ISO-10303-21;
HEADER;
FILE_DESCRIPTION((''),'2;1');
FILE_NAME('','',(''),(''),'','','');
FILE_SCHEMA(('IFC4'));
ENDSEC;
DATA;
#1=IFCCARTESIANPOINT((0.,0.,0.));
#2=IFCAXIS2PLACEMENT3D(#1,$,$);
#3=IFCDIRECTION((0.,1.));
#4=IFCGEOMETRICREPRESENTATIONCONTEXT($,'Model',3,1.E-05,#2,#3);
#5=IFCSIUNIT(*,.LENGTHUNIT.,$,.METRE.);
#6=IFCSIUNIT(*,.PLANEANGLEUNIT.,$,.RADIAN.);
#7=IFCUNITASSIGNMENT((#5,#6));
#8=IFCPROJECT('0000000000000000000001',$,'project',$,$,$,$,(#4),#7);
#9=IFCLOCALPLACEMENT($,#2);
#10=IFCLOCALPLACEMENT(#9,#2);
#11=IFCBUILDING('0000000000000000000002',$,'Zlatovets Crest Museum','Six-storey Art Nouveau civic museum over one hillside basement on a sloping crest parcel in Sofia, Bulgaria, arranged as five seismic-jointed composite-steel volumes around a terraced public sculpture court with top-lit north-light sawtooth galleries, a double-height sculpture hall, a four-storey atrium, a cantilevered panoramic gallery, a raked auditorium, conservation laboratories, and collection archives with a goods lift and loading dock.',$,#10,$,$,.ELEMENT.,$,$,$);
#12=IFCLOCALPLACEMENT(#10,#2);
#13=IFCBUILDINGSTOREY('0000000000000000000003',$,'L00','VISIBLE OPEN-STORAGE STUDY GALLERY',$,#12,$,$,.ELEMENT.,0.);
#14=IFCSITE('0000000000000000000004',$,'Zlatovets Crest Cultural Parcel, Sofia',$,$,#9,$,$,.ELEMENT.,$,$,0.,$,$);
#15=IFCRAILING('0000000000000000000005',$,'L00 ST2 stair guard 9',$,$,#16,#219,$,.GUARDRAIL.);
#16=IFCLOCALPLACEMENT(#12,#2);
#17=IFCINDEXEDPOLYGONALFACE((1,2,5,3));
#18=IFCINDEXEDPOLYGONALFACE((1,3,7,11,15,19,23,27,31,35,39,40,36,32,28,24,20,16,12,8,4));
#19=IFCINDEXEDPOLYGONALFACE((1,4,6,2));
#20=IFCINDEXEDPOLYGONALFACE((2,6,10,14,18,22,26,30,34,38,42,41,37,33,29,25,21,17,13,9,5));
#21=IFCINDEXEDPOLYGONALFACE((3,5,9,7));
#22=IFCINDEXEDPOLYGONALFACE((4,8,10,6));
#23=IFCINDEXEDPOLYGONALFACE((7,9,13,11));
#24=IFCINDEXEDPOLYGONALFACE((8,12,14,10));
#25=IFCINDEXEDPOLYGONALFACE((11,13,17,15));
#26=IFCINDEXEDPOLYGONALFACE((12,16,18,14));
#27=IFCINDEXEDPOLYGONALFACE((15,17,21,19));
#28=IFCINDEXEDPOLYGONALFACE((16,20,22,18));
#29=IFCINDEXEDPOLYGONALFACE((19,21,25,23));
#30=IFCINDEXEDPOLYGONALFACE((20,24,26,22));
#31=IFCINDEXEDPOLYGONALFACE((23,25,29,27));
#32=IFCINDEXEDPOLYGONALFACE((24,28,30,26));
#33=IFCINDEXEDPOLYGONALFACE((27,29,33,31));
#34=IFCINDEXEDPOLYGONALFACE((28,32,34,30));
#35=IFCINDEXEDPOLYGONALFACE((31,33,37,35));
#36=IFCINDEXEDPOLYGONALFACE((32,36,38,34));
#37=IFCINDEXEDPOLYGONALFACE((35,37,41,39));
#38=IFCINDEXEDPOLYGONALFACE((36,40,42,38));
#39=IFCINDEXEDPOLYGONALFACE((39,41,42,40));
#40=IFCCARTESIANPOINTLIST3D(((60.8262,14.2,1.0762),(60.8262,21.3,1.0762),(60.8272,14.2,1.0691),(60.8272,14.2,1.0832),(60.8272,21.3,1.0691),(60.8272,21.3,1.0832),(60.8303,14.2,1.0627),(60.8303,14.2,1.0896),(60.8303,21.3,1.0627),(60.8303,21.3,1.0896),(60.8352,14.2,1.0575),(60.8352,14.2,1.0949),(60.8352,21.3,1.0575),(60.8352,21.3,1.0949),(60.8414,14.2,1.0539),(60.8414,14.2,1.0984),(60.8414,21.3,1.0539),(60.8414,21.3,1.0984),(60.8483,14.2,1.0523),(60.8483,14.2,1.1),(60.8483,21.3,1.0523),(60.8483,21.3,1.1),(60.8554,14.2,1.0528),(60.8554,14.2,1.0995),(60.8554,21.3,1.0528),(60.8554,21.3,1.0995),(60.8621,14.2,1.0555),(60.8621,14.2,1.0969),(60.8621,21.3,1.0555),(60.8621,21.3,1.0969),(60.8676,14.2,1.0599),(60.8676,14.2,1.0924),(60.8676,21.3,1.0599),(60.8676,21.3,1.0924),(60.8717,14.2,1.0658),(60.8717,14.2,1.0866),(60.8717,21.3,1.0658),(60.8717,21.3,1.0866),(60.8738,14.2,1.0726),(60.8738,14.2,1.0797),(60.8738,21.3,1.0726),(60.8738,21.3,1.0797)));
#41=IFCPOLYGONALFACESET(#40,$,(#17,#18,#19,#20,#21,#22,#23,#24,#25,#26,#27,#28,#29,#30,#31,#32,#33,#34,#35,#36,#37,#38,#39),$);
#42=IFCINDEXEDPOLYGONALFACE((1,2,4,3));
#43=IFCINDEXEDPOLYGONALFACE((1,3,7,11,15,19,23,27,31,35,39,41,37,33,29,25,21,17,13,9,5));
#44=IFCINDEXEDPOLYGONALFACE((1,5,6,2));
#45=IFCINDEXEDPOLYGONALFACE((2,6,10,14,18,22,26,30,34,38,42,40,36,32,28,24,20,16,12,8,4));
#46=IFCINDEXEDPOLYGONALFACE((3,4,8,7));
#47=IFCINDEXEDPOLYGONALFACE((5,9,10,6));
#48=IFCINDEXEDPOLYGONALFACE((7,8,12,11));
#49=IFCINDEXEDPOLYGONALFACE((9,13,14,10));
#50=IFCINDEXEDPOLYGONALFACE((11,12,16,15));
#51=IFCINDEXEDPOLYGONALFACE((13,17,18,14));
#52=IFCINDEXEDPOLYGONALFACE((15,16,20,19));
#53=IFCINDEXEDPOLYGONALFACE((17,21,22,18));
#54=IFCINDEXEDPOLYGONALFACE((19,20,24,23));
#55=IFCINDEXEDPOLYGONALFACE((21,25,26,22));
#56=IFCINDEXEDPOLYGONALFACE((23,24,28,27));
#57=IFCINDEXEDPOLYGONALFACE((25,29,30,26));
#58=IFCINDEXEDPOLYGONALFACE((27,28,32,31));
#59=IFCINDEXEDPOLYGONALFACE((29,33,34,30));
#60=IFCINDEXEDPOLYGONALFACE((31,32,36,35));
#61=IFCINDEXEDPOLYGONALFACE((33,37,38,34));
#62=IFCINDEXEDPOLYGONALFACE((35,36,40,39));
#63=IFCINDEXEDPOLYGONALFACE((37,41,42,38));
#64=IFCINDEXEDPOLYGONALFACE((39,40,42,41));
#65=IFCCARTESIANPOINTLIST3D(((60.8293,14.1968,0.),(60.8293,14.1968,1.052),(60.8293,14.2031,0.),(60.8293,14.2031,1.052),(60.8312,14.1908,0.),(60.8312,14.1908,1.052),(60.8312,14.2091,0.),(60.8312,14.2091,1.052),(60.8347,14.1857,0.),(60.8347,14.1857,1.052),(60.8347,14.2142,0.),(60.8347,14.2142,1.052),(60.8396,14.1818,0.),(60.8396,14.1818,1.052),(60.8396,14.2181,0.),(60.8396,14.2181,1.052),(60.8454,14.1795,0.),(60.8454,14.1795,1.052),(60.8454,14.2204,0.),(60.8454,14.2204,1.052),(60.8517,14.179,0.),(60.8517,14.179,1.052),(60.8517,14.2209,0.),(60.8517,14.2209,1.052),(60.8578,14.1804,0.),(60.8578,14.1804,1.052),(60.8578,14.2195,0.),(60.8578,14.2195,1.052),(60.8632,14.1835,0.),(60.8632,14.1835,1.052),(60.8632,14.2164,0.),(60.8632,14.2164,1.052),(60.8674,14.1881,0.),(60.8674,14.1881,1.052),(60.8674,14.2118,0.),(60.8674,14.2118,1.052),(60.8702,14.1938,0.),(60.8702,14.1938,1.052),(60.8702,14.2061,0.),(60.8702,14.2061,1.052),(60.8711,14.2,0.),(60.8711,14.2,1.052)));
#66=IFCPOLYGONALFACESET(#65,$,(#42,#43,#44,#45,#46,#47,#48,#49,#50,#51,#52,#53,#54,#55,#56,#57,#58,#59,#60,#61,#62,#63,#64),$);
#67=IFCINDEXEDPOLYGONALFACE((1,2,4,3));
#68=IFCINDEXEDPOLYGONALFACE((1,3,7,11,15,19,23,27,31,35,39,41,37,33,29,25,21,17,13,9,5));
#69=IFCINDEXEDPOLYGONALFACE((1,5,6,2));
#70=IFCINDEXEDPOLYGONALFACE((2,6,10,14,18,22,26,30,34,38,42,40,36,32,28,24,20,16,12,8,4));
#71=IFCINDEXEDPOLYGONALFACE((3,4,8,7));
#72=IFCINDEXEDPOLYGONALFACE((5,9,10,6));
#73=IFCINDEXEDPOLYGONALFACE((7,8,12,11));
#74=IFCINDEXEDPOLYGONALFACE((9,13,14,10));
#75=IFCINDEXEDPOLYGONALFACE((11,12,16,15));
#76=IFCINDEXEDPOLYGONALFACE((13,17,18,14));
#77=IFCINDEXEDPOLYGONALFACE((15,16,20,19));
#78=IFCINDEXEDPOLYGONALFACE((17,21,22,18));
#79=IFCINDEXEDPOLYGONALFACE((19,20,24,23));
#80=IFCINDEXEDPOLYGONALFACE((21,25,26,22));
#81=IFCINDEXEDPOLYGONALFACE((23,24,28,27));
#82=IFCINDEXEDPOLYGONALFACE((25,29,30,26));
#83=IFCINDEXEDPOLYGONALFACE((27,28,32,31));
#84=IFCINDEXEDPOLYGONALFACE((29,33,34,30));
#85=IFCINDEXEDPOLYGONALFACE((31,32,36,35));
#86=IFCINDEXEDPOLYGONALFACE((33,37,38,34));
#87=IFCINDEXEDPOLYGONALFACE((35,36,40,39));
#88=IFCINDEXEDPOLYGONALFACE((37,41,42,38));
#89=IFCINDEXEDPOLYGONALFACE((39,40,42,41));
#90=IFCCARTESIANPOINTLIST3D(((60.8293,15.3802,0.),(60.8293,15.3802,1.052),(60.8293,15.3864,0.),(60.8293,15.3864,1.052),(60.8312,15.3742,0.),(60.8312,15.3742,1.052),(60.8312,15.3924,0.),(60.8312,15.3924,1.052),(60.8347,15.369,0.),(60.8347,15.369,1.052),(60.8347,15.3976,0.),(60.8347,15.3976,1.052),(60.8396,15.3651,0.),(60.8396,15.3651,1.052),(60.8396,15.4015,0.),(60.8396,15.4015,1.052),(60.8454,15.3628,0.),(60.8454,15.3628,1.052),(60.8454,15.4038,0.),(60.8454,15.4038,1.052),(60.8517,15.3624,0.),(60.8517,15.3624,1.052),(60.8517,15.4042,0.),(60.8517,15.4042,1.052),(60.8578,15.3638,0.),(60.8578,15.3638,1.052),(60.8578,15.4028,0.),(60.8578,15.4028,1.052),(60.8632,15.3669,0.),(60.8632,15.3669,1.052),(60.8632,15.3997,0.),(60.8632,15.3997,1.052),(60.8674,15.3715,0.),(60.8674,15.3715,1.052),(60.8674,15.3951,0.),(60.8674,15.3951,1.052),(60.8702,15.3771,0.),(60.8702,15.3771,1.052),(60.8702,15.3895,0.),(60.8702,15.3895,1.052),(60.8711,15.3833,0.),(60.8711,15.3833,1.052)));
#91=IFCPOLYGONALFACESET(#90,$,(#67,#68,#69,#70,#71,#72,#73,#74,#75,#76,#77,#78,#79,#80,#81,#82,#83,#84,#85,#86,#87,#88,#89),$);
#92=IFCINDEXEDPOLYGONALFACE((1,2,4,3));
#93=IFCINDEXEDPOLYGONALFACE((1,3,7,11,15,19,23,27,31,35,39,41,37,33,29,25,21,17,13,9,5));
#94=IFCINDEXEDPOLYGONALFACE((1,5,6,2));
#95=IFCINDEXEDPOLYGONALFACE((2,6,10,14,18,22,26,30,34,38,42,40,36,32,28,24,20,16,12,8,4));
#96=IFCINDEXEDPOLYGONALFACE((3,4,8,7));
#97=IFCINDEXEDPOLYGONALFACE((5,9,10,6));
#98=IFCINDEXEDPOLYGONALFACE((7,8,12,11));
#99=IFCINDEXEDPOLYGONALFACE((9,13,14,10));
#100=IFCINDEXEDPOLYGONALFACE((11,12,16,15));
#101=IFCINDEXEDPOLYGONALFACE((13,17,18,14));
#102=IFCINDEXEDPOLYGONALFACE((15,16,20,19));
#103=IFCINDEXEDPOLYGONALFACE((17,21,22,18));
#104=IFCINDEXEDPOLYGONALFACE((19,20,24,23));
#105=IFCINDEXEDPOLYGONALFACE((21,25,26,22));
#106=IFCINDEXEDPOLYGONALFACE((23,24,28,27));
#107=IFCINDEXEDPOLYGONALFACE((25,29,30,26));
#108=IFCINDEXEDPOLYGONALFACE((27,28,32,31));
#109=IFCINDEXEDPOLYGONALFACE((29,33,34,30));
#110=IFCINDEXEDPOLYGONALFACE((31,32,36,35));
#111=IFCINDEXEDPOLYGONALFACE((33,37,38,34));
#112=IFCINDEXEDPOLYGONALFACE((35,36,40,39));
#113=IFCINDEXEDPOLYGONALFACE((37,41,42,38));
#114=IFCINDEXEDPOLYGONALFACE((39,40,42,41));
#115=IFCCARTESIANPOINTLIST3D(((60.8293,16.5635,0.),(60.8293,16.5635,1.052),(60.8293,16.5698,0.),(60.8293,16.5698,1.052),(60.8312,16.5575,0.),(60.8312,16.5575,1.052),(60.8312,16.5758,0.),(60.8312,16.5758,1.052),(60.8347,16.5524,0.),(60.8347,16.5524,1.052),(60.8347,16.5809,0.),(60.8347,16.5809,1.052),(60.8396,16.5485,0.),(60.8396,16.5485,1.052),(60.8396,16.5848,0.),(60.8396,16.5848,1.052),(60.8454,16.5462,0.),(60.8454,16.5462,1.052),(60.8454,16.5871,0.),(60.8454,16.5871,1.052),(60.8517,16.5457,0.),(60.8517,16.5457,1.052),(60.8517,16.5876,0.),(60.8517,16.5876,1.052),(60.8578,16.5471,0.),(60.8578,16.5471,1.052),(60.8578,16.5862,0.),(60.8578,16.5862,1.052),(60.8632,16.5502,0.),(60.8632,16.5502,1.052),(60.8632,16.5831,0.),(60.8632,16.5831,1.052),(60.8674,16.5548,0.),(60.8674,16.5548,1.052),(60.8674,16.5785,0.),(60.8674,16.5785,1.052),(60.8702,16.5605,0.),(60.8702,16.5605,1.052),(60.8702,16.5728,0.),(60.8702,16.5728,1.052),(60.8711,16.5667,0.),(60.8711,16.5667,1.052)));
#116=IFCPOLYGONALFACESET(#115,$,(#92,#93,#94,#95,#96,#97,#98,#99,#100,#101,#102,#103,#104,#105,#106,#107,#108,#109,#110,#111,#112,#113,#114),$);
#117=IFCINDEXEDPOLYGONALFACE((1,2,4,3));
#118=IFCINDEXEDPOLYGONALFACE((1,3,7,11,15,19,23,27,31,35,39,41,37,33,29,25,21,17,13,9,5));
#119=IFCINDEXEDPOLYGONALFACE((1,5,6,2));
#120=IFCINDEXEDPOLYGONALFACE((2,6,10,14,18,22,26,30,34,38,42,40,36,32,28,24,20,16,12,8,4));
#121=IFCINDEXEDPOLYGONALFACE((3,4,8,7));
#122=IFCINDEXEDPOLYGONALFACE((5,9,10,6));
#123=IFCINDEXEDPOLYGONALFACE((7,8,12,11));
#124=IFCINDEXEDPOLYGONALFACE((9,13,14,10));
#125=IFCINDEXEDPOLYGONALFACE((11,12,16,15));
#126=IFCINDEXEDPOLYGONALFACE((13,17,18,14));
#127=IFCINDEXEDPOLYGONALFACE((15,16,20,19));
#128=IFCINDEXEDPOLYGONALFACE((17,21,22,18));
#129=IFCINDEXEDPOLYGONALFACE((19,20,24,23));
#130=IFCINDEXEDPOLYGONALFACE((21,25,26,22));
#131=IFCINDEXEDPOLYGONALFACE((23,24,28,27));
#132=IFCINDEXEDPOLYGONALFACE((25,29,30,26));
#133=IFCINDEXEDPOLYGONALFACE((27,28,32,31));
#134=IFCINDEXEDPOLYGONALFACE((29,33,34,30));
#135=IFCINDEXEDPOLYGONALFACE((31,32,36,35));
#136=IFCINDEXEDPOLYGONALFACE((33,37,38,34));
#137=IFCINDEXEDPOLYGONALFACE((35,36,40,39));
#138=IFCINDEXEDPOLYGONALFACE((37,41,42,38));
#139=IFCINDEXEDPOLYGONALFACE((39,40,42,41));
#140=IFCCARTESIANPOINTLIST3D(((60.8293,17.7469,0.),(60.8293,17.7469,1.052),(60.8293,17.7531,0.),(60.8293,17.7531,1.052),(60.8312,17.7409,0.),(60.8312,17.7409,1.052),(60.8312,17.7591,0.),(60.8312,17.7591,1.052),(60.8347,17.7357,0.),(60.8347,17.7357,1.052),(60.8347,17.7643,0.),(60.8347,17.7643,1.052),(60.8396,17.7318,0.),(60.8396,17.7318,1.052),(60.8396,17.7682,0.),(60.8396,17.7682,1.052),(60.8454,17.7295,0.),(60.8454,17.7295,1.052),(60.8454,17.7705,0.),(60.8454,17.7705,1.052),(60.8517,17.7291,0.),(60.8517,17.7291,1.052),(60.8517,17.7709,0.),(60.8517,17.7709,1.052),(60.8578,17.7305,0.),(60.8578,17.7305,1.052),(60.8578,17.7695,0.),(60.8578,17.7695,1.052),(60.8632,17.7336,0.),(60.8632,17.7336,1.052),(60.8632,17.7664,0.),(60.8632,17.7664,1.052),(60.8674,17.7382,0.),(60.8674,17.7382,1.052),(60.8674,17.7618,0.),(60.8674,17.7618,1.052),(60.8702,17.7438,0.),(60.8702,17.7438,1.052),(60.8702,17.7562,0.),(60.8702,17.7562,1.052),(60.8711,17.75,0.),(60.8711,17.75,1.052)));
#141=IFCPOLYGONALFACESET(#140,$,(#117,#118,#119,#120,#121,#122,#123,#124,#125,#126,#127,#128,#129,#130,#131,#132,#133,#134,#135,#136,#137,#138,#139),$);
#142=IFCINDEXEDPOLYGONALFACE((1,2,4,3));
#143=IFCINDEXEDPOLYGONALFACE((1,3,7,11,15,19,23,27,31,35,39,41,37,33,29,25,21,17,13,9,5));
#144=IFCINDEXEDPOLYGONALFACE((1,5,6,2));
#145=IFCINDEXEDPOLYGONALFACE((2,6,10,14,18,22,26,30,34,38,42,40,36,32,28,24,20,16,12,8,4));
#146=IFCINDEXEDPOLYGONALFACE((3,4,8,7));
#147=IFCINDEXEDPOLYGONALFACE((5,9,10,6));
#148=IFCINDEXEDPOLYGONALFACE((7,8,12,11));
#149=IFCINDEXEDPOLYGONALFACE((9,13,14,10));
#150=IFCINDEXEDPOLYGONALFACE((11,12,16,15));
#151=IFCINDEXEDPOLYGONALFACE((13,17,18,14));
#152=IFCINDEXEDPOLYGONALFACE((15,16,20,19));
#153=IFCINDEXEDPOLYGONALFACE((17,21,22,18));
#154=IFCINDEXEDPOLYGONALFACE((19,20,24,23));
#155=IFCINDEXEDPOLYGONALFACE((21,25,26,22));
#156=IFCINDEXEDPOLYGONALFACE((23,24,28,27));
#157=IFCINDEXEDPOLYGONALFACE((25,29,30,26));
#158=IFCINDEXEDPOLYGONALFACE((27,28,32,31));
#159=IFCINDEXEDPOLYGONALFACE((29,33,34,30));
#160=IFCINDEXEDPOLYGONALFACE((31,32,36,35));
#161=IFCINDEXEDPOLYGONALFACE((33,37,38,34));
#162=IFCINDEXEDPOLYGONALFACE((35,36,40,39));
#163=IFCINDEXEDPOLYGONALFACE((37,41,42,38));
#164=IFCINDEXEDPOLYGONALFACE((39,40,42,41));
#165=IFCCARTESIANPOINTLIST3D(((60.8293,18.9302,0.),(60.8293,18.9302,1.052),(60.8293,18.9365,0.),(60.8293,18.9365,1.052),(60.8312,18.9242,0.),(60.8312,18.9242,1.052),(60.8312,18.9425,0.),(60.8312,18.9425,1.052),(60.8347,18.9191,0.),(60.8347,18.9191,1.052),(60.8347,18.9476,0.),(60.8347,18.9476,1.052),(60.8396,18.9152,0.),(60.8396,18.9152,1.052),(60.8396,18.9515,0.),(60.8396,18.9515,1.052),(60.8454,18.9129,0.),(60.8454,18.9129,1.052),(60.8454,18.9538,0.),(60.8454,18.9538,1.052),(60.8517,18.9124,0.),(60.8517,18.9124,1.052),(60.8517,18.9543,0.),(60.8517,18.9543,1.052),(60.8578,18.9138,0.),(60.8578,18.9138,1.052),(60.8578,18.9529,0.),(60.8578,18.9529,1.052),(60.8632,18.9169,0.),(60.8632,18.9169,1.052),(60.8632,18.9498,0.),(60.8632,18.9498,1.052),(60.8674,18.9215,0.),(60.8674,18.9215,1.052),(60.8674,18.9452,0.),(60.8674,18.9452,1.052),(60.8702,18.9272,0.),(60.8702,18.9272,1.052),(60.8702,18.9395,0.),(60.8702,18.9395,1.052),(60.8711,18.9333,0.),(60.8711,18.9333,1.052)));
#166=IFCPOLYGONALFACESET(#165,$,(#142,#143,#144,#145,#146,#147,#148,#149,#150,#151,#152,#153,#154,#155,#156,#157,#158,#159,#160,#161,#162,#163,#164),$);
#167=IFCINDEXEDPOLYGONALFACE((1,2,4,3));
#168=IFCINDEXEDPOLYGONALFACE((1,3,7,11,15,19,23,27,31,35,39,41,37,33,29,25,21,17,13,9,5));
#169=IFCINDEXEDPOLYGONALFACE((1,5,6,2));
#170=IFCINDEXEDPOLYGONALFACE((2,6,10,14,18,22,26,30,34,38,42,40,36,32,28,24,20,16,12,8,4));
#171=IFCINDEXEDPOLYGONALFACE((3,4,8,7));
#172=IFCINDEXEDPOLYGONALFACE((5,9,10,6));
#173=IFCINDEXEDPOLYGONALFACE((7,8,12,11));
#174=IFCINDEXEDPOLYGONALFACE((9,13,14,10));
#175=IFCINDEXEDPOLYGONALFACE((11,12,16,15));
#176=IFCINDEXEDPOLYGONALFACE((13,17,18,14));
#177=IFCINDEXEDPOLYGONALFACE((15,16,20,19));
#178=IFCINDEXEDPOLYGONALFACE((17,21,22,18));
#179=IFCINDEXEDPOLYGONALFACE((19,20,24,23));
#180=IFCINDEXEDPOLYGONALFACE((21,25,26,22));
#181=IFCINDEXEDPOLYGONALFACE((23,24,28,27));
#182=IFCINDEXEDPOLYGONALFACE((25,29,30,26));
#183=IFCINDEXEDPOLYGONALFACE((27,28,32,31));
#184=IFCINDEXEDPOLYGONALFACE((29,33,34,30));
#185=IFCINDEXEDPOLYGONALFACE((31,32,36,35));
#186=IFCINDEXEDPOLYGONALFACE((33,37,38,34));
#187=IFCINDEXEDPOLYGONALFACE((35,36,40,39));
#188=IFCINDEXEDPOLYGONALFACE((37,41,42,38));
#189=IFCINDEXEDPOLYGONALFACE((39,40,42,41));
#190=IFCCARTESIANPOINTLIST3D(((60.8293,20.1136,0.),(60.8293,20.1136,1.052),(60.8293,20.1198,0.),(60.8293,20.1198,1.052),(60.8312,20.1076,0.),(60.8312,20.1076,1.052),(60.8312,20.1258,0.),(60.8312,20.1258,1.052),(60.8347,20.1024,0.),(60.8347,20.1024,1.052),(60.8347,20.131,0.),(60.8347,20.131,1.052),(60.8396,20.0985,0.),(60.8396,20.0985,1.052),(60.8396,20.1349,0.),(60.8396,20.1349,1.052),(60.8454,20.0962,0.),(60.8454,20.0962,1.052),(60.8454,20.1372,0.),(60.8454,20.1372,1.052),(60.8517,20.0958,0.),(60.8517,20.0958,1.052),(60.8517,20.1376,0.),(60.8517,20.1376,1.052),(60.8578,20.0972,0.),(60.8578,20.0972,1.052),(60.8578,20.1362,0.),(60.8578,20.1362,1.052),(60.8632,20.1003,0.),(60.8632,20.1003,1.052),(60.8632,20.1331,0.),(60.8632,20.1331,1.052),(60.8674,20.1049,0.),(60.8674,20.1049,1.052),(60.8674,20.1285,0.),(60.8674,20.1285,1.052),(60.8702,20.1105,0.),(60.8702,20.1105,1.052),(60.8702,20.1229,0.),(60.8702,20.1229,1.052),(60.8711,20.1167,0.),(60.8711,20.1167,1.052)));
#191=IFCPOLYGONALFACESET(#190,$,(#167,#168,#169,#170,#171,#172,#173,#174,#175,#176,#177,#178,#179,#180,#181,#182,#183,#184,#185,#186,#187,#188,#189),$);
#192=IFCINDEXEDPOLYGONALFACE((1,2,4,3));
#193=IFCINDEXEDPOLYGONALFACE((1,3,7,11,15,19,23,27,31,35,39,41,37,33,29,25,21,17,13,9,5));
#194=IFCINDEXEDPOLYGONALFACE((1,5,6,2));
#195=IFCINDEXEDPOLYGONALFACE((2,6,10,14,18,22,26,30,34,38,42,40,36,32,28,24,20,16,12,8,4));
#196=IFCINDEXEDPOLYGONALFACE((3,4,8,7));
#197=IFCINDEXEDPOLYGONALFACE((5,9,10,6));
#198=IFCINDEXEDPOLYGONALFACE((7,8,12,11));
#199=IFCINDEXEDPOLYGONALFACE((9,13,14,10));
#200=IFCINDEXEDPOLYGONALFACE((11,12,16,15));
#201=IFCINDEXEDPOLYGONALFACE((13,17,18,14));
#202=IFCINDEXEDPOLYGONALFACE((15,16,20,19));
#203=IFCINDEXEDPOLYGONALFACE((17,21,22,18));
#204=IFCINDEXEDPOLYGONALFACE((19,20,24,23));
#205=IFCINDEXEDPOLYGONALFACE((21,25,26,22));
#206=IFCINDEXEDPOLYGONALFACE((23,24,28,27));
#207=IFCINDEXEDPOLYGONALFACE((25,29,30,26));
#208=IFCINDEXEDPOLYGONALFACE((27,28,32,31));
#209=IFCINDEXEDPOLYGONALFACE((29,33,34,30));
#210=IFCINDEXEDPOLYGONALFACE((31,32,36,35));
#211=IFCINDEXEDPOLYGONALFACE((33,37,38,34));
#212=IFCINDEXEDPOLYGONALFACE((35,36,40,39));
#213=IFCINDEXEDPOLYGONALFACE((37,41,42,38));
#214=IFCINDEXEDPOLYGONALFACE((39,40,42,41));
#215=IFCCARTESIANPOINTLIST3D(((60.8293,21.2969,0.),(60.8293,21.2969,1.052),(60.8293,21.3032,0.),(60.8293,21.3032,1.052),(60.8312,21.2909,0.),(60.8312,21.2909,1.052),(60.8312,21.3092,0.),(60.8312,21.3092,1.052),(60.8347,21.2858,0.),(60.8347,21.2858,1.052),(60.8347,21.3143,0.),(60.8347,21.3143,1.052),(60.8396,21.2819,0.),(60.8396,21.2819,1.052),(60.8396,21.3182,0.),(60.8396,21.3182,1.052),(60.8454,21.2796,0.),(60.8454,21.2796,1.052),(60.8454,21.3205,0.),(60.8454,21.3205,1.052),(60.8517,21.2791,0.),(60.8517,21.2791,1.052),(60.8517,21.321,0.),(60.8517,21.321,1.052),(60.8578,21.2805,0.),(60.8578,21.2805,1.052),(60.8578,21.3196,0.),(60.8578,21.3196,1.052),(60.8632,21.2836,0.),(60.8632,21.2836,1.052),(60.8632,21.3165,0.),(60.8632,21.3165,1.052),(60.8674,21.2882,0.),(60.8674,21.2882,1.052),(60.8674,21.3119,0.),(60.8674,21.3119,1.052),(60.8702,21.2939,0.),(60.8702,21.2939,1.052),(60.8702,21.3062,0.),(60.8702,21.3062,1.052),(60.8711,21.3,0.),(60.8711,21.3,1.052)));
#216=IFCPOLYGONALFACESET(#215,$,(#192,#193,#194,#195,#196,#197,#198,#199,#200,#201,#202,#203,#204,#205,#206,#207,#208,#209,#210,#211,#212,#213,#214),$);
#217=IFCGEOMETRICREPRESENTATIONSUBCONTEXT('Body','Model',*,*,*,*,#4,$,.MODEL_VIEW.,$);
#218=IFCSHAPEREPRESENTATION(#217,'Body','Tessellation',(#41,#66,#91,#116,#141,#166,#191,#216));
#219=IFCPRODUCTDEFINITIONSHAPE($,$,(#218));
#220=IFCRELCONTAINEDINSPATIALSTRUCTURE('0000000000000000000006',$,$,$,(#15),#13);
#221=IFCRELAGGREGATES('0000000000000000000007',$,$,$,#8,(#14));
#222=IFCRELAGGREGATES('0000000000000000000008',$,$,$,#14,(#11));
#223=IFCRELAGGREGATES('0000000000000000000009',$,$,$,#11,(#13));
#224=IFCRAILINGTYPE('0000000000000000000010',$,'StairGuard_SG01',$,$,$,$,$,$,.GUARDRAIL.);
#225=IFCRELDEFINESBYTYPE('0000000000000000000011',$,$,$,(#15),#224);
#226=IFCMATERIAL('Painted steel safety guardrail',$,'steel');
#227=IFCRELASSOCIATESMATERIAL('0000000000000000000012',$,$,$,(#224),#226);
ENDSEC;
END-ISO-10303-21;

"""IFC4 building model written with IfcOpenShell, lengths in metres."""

from ifc_helpers import new_model, si_unit, direction, frame, origin, origin_2d, place, context, subcontext, project, spatial, circle, extrude, material, type_object, element, save


model = new_model("IFC4")

# Units and contexts
model_context = context("Model", 3, precision=1e-05, world=origin(), true_north=direction((0.0, 1.0)))
body_context = subcontext(model_context, "Body", "Model", "MODEL_VIEW")
ifc_project = project(units=[si_unit("LENGTHUNIT", "METRE"), si_unit("PLANEANGLEUNIT", "RADIAN")], contexts=[model_context])

# Site, building, storey
site_placement = place(None, origin())
site = spatial("IfcSite", under=ifc_project, at=site_placement, Name="Zlatovets Crest Cultural Parcel, Sofia", CompositionType="ELEMENT", RefElevation=0.0)
building_placement = place(site_placement, origin())
building = spatial("IfcBuilding", under=site, at=building_placement, Name="Zlatovets Crest Museum", Description="Six-storey Art Nouveau civic museum over one hillside basement on a sloping crest parcel in Sofia, Bulgaria, arranged as five seismic-jointed composite-steel volumes around a terraced public sculpture court with top-lit north-light sawtooth galleries, a double-height sculpture hall, a four-storey atrium, a cantilevered panoramic gallery, a raked auditorium, conservation laboratories, and collection archives with a goods lift and loading dock.", CompositionType="ELEMENT")
storey_placement = place(building_placement, origin())
storey = spatial("IfcBuildingStorey", under=building, at=storey_placement, Name="L00", Description="VISIBLE OPEN-STORAGE STUDY GALLERY", CompositionType="ELEMENT", Elevation=0.0)

# Railing
ifc_material_1 = material(Name="Painted steel safety guardrail", Category="steel")
railing_type = type_object("IfcRailingType", Name="StairGuard_SG01", PredefinedType="GUARDRAIL", material=ifc_material_1)
for number, where, name in (
    (1, (60.8501, 14.2, 0.0), "L00 ST2 stair guard 9"),
):
    element("IfcRailing", number, at=place(storey_placement, frame(where)), inside=storey, type_object=railing_type, Name=name, PredefinedType="GUARDRAIL", context=body_context, shape_type="SweptSolid", body=[
        extrude(circle(Radius=0.0239, at=origin_2d()), frame((0.0, 0.0, 1.0762), z_axis=(0.0, 1.0, 0.0), x_axis=(-1.0, 0.0, 0.0)), (0.0, 0.0, 1.0), 7.1001),
        extrude(circle(Radius=0.021, at=origin_2d()), origin(), (0.0, 0.0, 1.0), 1.052),
        extrude(circle(Radius=0.021, at=origin_2d()), frame((0.0, 1.1833, 0.0)), (0.0, 0.0, 1.0), 1.052),
        extrude(circle(Radius=0.021, at=origin_2d()), frame((0.0, 2.3667, 0.0)), (0.0, 0.0, 1.0), 1.052),
        extrude(circle(Radius=0.021, at=origin_2d()), frame((0.0, 3.55, 0.0)), (0.0, 0.0, 1.0), 1.052),
        extrude(circle(Radius=0.021, at=origin_2d()), frame((0.0, 4.7334, 0.0)), (0.0, 0.0, 1.0), 1.052),
        extrude(circle(Radius=0.021, at=origin_2d()), frame((0.0, 5.9167, 0.0)), (0.0, 0.0, 1.0), 1.052),
        extrude(circle(Radius=0.021, at=origin_2d()), frame((0.0, 7.1001, 0.0)), (0.0, 0.0, 1.0), 1.052),
    ])

save(model, "model.ifc")
